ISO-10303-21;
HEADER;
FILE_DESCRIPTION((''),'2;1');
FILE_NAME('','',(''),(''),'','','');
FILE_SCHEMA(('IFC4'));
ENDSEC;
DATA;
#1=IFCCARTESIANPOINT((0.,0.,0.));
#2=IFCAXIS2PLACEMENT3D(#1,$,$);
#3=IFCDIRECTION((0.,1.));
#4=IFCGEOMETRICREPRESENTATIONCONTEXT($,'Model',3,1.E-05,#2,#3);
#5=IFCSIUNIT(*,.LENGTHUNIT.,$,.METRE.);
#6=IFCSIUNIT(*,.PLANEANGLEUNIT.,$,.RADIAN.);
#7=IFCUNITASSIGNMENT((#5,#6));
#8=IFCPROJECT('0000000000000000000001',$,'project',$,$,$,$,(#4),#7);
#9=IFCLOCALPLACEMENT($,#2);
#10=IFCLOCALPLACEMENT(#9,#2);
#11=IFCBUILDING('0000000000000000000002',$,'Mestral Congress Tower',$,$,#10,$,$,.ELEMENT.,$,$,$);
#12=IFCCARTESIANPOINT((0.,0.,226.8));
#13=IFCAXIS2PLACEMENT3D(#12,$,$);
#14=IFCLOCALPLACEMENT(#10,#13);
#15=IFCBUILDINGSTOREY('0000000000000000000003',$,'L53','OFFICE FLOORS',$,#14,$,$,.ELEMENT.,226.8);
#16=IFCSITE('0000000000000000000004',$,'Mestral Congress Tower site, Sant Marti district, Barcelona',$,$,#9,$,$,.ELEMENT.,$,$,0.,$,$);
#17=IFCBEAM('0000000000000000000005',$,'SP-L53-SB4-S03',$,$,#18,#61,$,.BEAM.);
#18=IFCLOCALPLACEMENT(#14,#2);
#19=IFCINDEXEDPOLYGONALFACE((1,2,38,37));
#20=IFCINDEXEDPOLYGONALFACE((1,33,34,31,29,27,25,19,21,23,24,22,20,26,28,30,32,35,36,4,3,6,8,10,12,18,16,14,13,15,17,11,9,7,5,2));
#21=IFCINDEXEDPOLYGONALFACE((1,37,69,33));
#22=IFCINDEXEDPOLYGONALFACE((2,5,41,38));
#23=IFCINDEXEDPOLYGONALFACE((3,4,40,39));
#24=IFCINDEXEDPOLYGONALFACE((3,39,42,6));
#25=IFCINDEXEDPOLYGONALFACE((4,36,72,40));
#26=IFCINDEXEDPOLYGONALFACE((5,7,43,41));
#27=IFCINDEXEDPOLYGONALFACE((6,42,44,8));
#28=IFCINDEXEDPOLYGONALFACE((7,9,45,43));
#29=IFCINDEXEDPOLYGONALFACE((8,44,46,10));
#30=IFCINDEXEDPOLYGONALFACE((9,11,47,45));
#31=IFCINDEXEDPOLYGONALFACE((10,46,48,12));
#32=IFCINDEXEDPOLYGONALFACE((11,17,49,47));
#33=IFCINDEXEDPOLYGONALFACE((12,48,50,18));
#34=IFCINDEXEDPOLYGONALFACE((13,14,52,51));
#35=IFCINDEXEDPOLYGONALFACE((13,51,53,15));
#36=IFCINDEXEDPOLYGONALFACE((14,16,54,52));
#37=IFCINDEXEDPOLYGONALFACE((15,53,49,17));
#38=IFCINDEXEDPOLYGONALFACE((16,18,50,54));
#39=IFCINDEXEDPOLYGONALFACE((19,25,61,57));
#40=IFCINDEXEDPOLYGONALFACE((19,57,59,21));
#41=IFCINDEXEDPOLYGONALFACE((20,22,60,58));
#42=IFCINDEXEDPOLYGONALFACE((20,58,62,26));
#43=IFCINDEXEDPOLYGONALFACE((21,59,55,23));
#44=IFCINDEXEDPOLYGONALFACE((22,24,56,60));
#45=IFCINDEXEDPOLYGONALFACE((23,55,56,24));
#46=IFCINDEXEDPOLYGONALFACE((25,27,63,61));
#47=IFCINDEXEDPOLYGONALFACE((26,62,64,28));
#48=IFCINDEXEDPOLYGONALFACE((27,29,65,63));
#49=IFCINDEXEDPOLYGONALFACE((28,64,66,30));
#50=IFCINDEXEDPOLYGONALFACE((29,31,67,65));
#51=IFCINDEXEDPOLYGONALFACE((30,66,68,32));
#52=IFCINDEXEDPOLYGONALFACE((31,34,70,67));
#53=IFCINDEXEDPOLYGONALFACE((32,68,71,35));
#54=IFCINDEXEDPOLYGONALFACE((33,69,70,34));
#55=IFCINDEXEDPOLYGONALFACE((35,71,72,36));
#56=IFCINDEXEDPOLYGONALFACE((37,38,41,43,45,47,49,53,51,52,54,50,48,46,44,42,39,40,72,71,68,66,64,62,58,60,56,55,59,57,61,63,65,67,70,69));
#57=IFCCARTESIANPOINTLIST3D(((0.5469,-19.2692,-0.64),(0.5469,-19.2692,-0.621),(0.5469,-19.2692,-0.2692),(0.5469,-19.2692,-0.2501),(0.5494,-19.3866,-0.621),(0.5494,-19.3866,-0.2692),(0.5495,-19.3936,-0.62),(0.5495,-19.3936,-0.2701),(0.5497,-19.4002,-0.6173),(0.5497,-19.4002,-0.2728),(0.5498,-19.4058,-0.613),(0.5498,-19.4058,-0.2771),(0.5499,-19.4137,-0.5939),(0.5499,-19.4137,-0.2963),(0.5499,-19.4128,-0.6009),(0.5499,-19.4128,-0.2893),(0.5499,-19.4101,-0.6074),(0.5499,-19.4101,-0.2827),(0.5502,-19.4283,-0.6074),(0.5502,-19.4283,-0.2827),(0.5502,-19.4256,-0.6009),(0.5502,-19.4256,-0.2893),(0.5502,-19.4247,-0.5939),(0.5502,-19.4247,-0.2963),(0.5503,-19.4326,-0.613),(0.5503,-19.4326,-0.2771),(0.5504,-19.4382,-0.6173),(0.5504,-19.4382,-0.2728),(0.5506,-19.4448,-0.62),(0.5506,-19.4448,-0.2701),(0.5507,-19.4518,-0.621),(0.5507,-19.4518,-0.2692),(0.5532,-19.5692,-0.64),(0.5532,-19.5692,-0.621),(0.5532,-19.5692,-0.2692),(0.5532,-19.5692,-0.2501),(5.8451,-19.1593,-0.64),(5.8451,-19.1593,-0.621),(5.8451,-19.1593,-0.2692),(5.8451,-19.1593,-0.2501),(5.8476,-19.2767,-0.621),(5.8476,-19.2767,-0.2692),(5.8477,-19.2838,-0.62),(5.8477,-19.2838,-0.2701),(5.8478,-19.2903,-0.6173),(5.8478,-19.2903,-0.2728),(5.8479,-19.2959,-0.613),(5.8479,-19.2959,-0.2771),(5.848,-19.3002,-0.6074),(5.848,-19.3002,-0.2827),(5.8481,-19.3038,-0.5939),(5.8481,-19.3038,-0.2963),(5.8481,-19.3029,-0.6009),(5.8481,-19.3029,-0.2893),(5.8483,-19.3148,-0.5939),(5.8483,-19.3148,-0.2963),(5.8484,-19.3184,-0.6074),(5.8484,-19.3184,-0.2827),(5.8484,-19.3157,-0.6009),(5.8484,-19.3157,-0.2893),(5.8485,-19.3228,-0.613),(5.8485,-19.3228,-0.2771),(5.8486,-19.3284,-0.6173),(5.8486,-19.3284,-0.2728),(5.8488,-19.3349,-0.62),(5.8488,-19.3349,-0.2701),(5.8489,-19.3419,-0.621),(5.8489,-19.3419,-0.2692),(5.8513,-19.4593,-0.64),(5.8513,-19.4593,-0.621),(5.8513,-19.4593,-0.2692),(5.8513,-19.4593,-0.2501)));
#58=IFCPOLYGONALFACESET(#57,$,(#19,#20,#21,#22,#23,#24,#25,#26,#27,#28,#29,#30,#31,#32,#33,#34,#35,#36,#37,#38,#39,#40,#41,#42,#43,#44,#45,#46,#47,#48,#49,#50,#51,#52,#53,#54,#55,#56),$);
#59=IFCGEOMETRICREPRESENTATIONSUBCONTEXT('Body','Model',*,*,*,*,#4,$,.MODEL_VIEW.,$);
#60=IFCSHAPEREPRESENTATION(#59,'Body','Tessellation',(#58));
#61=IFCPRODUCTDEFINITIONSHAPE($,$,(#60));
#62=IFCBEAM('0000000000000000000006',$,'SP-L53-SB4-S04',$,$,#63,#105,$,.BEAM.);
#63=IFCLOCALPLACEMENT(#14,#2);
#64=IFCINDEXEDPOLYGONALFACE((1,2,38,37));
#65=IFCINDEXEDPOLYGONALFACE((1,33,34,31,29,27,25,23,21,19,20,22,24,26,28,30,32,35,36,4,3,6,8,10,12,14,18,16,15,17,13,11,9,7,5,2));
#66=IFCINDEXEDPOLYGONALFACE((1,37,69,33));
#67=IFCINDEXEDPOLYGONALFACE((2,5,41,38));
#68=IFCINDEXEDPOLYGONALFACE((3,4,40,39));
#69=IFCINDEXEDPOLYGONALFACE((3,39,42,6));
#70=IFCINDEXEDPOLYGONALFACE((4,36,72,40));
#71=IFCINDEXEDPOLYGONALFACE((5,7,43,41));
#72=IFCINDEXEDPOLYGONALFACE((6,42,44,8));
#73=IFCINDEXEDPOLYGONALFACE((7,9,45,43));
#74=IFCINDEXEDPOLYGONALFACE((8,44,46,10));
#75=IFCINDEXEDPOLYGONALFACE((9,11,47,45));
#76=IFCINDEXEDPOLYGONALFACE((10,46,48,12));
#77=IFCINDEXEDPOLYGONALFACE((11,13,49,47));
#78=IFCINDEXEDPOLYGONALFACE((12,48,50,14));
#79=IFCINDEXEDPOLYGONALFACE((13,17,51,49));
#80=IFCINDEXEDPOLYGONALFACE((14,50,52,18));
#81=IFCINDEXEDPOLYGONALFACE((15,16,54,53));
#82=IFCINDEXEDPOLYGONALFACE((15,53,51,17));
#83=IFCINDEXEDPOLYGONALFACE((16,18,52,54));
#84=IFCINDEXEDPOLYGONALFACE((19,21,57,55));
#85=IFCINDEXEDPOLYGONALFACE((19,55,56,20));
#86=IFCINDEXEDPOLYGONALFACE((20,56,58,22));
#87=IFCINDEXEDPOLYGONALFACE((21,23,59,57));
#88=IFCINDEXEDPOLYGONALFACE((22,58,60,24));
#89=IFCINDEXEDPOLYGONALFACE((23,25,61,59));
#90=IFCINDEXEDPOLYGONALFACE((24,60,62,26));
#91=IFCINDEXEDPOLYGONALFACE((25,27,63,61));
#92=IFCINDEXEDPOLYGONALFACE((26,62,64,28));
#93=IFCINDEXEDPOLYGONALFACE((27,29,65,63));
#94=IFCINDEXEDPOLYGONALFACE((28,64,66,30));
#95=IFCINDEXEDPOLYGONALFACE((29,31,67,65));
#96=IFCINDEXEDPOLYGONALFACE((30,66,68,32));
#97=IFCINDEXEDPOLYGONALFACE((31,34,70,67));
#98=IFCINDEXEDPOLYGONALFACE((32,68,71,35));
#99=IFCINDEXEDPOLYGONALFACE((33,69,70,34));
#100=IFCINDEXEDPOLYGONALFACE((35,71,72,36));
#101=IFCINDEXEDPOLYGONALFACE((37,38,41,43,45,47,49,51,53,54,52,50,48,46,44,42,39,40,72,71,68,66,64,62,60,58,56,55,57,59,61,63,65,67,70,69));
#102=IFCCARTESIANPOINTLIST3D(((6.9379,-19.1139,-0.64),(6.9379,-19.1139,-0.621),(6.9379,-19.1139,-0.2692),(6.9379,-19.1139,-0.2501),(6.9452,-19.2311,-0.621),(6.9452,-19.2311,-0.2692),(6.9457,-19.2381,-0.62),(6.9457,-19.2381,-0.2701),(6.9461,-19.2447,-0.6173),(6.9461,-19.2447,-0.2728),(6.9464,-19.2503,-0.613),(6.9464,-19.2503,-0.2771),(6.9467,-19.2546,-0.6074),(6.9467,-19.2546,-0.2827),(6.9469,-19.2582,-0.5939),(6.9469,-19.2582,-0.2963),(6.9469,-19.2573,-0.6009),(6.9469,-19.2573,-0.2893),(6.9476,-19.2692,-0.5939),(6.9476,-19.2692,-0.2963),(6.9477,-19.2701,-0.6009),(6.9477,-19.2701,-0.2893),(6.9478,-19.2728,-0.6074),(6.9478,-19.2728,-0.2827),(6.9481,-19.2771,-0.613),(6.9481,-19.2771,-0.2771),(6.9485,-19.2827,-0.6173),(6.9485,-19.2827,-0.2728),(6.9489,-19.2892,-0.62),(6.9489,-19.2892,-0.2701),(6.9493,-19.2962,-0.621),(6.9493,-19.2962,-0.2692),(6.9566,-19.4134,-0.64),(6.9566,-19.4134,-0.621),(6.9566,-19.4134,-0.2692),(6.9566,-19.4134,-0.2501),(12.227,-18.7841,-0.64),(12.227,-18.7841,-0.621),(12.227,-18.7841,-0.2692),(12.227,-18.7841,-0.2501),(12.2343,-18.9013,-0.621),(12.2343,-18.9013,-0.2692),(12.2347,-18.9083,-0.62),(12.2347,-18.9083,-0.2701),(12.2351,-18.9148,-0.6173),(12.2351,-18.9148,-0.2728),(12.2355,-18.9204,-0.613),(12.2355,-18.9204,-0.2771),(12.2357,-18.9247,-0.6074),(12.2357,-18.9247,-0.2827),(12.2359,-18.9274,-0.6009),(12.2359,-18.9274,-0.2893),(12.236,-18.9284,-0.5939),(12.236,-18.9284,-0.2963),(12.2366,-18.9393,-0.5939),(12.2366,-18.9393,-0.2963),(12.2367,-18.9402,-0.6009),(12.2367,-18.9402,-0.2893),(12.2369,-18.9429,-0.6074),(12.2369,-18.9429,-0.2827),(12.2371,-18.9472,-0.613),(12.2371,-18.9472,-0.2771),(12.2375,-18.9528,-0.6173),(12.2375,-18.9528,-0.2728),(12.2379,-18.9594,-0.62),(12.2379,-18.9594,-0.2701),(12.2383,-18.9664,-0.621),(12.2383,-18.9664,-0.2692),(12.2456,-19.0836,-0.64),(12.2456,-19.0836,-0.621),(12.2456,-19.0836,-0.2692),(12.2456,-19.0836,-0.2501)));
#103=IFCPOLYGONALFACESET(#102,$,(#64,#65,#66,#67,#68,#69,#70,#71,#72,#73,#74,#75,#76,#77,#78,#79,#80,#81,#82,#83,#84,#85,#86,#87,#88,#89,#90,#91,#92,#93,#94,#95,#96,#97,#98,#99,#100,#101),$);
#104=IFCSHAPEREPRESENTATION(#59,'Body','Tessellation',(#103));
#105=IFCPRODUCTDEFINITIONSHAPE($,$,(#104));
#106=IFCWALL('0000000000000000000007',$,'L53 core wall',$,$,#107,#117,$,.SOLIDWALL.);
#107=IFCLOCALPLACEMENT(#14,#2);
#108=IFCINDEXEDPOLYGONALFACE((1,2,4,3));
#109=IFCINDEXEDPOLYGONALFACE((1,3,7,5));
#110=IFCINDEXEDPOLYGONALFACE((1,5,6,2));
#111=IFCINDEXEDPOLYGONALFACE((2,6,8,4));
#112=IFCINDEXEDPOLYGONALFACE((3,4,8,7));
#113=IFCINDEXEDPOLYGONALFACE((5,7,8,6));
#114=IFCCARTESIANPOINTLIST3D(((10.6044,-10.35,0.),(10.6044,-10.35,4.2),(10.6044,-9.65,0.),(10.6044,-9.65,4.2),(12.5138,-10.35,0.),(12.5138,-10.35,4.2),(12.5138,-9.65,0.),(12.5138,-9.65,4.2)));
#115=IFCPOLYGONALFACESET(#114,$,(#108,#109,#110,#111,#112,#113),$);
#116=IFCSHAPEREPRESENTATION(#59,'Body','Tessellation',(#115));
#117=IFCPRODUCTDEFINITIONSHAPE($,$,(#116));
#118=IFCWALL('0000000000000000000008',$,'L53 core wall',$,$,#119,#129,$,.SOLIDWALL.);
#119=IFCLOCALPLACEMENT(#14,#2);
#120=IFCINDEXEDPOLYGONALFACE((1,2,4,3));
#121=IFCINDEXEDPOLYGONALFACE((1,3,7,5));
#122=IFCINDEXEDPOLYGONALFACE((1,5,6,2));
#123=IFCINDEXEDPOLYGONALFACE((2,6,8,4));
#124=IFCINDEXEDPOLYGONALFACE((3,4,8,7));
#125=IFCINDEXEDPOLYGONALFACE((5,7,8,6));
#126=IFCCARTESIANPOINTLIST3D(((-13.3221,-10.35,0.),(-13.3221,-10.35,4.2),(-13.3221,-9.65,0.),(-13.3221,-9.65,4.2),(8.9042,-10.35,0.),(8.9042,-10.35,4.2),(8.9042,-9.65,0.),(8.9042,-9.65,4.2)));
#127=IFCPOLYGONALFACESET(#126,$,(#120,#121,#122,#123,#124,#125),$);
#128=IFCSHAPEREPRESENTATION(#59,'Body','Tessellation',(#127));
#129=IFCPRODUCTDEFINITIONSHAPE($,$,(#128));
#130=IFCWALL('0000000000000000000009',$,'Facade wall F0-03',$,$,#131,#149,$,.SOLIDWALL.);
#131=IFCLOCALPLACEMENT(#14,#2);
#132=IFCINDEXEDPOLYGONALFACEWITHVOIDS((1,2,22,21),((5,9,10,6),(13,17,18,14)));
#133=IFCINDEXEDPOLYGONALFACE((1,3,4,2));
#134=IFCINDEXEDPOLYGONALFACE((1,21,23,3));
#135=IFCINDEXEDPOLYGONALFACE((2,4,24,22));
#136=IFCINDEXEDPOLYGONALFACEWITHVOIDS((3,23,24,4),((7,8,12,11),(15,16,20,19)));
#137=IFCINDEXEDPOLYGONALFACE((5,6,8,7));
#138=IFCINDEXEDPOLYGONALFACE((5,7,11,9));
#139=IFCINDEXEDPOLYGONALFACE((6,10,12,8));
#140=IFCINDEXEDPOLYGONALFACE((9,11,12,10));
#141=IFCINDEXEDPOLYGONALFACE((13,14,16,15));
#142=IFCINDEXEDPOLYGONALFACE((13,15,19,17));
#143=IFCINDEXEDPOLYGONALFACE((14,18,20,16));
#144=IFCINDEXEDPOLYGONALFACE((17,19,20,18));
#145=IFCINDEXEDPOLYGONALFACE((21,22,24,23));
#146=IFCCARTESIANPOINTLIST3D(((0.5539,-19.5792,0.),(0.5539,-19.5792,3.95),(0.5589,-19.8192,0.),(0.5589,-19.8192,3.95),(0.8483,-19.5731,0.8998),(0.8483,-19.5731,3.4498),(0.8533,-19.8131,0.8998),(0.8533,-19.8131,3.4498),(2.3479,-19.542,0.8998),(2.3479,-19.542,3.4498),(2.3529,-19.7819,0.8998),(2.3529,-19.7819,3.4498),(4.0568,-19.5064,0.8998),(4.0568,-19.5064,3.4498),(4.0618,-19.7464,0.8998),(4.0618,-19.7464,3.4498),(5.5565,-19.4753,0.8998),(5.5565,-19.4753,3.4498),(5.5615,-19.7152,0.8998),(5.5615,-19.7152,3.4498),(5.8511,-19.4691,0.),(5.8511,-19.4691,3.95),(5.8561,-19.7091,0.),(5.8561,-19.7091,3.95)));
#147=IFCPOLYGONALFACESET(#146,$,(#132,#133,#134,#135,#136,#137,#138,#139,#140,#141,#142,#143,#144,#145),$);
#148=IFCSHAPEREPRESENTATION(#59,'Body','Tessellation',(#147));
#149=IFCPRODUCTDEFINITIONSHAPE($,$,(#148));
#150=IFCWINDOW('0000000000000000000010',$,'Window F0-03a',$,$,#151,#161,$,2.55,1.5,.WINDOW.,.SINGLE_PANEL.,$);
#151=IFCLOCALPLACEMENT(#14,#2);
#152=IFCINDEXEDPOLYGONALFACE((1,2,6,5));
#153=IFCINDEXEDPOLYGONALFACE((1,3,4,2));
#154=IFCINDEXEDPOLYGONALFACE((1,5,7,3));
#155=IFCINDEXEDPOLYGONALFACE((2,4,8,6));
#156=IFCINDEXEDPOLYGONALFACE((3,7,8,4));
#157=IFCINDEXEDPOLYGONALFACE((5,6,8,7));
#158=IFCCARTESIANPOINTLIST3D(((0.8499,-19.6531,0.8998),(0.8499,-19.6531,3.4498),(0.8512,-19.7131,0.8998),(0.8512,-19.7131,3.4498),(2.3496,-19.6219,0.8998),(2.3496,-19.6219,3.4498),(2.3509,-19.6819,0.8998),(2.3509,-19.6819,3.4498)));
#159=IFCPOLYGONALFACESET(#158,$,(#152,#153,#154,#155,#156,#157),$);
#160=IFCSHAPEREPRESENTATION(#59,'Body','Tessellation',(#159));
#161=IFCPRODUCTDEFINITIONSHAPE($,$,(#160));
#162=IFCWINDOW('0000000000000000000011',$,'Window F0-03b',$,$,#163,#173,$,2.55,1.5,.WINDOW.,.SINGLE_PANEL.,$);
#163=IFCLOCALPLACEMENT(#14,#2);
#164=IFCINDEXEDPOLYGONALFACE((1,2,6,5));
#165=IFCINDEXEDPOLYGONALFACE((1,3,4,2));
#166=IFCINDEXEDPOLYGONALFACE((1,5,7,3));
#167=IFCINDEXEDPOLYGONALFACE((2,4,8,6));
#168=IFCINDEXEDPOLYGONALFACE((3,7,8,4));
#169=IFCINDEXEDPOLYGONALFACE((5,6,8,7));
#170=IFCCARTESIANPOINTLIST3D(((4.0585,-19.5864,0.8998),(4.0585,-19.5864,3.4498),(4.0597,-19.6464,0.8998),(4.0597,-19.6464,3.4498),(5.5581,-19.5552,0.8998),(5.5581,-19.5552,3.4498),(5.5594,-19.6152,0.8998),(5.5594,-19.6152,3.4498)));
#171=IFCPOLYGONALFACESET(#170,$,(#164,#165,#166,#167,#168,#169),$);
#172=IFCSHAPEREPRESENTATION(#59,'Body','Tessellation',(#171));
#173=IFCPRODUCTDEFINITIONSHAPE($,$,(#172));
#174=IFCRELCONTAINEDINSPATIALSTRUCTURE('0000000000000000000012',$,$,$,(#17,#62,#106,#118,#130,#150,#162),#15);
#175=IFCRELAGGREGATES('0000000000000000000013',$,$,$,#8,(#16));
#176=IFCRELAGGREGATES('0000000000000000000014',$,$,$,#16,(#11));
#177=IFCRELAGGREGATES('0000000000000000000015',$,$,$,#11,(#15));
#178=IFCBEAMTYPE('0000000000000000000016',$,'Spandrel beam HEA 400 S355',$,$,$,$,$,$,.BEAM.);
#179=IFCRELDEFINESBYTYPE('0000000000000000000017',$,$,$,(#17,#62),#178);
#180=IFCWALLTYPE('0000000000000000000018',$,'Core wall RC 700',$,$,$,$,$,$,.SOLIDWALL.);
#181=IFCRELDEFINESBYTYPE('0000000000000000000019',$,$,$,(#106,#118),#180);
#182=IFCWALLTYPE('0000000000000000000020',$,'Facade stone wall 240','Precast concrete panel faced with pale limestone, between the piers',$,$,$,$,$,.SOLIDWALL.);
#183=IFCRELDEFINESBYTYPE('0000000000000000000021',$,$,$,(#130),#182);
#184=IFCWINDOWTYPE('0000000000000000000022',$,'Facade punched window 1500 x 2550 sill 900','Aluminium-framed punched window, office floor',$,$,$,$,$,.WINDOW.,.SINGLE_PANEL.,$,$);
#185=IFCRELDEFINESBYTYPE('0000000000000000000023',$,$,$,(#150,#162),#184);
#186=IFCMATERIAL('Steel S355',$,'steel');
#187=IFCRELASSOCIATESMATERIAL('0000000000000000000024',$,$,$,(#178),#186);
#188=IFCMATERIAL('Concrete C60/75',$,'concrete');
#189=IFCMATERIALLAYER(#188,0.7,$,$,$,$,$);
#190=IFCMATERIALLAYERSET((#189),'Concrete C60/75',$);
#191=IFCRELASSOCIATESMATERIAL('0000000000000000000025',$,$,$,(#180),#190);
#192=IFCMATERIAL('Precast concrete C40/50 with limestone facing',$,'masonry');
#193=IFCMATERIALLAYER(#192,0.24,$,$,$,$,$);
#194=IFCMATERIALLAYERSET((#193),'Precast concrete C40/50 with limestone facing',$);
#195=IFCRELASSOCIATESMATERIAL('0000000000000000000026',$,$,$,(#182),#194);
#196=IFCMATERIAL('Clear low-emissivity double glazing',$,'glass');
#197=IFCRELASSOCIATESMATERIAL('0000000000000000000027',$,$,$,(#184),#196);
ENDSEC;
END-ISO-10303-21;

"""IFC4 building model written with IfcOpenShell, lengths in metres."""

from ifc_helpers import new_model, si_unit, direction, frame, frame_2d, origin, origin_2d, place, context, subcontext, project, spatial, rectangle, i_section, extrude, material, layer, layer_set, material_profile, profile_set, type_object, element, fill, save


model = new_model("IFC4")

# Units and contexts
model_context = context("Model", 3, precision=1e-05, world=origin(), true_north=direction((0.0, 1.0)))
body_context = subcontext(model_context, "Body", "Model", "MODEL_VIEW")
ifc_project = project(units=[si_unit("LENGTHUNIT", "METRE"), si_unit("PLANEANGLEUNIT", "RADIAN")], contexts=[model_context])

# Site, building, storey
site_placement = place(None, origin())
site = spatial("IfcSite", under=ifc_project, at=site_placement, Name="Mestral Congress Tower site, Sant Marti district, Barcelona", CompositionType="ELEMENT", RefElevation=0.0)
building_placement = place(site_placement, origin())
building = spatial("IfcBuilding", under=site, at=building_placement, Name="Mestral Congress Tower", CompositionType="ELEMENT")
storey_placement = place(building_placement, frame((0.0, 0.0, 226.8)))
storey = spatial("IfcBuildingStorey", under=building, at=storey_placement, Name="L53", Description="OFFICE FLOORS", CompositionType="ELEMENT", Elevation=226.8)

# Shared definitions
ifc_material_1 = material(Name="Concrete C60/75", Category="concrete")

# Beams
ifc_material_2 = material(Name="Steel S355", Category="steel")
ifc_material_profile_1 = material_profile(ifc_material_2, i_section(OverallWidth=0.3, OverallDepth=0.3899, WebThickness=0.011, FlangeThickness=0.019, FilletRadius=0.0271, at=origin_2d()), Name="HEA 400")
ifc_profile_set_1 = profile_set([ifc_material_profile_1], Name="Steel S355")
beam_type_1 = type_object("IfcBeamType", Name="Spandrel beam HEA 400 S355", PredefinedType="BEAM", material=ifc_profile_set_1)
for number, where, z_axis, x_axis, name in (
    (1, (0.55, -19.4192, -0.4451), (0.999785, 0.020732, 0.0), (-0.020732, 0.999785, 0.0), "SP-L53-SB4-S03"),
    (2, (6.9473, -19.2637, -0.4451), (0.998061, 0.062241, 0.0), (-0.062241, 0.998061, 0.0), "SP-L53-SB4-S04"),
):
    element("IfcBeam", number, at=place(storey_placement, frame(where, z_axis=z_axis, x_axis=x_axis)), inside=storey, type_object=beam_type_1, Name=name, PredefinedType="BEAM", context=body_context, shape_type="SweptSolid", body=[
        extrude(i_section(OverallWidth=0.3, OverallDepth=0.3899, WebThickness=0.011, FlangeThickness=0.019, FilletRadius=0.0271, at=origin_2d()), origin(), (0.0, 0.0, 1.0), 5.2993),
    ])

# Walls
ifc_layer_1 = layer(ifc_material_1, 0.7)
ifc_layer_set_1 = layer_set([ifc_layer_1], Name="Concrete C60/75")
wall_type_1 = type_object("IfcWallType", Name="Core wall RC 700", PredefinedType="SOLIDWALL", material=ifc_layer_set_1)
wall_1_placement = place(storey_placement, frame((10.6045, -10.0, 0.0), z_axis=(0.0, 0.0, 1.0), x_axis=(1.0, 0.0, 0.0)))
element("IfcWall", 3, at=wall_1_placement, inside=storey, type_object=wall_type_1, Name="L53 core wall", PredefinedType="SOLIDWALL", context=body_context, shape_type="SweptSolid", body=[
    extrude(rectangle(XDim=1.9094, YDim=0.7, at=frame_2d((0.9546, 0.0))), origin(), (0.0, 0.0, 1.0), 4.2),
])
wall_2_placement = place(storey_placement, frame((8.9043, -10.0, 0.0), z_axis=(0.0, 0.0, 1.0), x_axis=(-1.0, 0.0, 0.0)))
element("IfcWall", 4, at=wall_2_placement, inside=storey, type_object=wall_type_1, Name="L53 core wall", PredefinedType="SOLIDWALL", context=body_context, shape_type="SweptSolid", body=[
    extrude(rectangle(XDim=22.2263, YDim=0.7, at=frame_2d((11.1133, 0.0))), origin(), (0.0, 0.0, 1.0), 4.2),
])

# Wall, openings, windows
ifc_material_3 = material(Name="Precast concrete C40/50 with limestone facing", Category="masonry")
ifc_layer_2 = layer(ifc_material_3, 0.24)
ifc_layer_set_2 = layer_set([ifc_layer_2], Name="Precast concrete C40/50 with limestone facing")
wall_type_2 = type_object("IfcWallType", Name="Facade stone wall 240", Description="Precast concrete panel faced with pale limestone, between the piers", PredefinedType="SOLIDWALL", material=ifc_layer_set_2)
wall_3_placement = place(storey_placement, frame((0.5564, -19.6992, 0.0), z_axis=(0.0, 0.0, 1.0), x_axis=(0.999784, 0.020782, 0.0)))
wall_3 = element("IfcWall", 5, at=wall_3_placement, inside=storey, type_object=wall_type_2, Name="Facade wall F0-03", PredefinedType="SOLIDWALL", context=body_context, shape_type="SweptSolid", body=[
    extrude(rectangle(XDim=5.2983, YDim=0.24, at=frame_2d((2.6492, 0.0))), origin(), (0.0, 0.0, 1.0), 3.95),
])
opening_1_placement = place(wall_3_placement, frame((0.2944, 0.0, 0.8999)))
opening_1 = element("IfcOpeningElement", 6, at=opening_1_placement, cuts=wall_3, PredefinedType="OPENING", context=body_context, shape_type="SweptSolid", body=[
    extrude(rectangle(XDim=1.5, YDim=2.55, at=frame_2d((0.75, 1.2749))), frame((0.0, 0.1299, 0.0), z_axis=(0.0, -1.0, 0.0), x_axis=(1.0, 0.0, 0.0)), (0.0, 0.0, 1.0), 0.26),
])
opening_2_placement = place(wall_3_placement, frame((3.5037, 0.0, 0.8999)))
opening_2 = element("IfcOpeningElement", 7, at=opening_2_placement, cuts=wall_3, PredefinedType="OPENING", context=body_context, shape_type="SweptSolid", body=[
    extrude(rectangle(XDim=1.5, YDim=2.55, at=frame_2d((0.75, 1.2749))), frame((0.0, 0.1299, 0.0), z_axis=(0.0, -1.0, 0.0), x_axis=(1.0, 0.0, 0.0)), (0.0, 0.0, 1.0), 0.26),
])
ifc_material_4 = material(Name="Clear low-emissivity double glazing", Category="glass")
window_type = type_object("IfcWindowType", Name="Facade punched window 1500 x 2550 sill 900", Description="Aluminium-framed punched window, office floor", PartitioningType="SINGLE_PANEL", PredefinedType="WINDOW", material=ifc_material_4)
window_1_placement = place(opening_1_placement, origin())
window_1 = element("IfcWindow", 8, at=window_1_placement, inside=storey, type_object=window_type, Name="Window F0-03a", OverallHeight=2.55, OverallWidth=1.5, PartitioningType="SINGLE_PANEL", PredefinedType="WINDOW", context=body_context, shape_type="SweptSolid", body=[
    extrude(rectangle(XDim=1.5, YDim=2.55, at=frame_2d((0.75, 1.2749))), frame((0.0, 0.04, 0.0), z_axis=(0.0, -1.0, 0.0), x_axis=(1.0, 0.0, 0.0)), (0.0, 0.0, 1.0), 0.0601),
])
fill(opening_1, window_1)
window_2_placement = place(opening_2_placement, origin())
window_2 = element("IfcWindow", 9, at=window_2_placement, inside=storey, type_object=window_type, Name="Window F0-03b", OverallHeight=2.55, OverallWidth=1.5, PartitioningType="SINGLE_PANEL", PredefinedType="WINDOW", context=body_context, shape_type="SweptSolid", body=[
    extrude(rectangle(XDim=1.5, YDim=2.55, at=frame_2d((0.75, 1.2749))), frame((0.0, 0.04, 0.0), z_axis=(0.0, -1.0, 0.0), x_axis=(1.0, 0.0, 0.0)), (0.0, 0.0, 1.0), 0.0601),
])
fill(opening_2, window_2)

save(model, "model.ifc")
